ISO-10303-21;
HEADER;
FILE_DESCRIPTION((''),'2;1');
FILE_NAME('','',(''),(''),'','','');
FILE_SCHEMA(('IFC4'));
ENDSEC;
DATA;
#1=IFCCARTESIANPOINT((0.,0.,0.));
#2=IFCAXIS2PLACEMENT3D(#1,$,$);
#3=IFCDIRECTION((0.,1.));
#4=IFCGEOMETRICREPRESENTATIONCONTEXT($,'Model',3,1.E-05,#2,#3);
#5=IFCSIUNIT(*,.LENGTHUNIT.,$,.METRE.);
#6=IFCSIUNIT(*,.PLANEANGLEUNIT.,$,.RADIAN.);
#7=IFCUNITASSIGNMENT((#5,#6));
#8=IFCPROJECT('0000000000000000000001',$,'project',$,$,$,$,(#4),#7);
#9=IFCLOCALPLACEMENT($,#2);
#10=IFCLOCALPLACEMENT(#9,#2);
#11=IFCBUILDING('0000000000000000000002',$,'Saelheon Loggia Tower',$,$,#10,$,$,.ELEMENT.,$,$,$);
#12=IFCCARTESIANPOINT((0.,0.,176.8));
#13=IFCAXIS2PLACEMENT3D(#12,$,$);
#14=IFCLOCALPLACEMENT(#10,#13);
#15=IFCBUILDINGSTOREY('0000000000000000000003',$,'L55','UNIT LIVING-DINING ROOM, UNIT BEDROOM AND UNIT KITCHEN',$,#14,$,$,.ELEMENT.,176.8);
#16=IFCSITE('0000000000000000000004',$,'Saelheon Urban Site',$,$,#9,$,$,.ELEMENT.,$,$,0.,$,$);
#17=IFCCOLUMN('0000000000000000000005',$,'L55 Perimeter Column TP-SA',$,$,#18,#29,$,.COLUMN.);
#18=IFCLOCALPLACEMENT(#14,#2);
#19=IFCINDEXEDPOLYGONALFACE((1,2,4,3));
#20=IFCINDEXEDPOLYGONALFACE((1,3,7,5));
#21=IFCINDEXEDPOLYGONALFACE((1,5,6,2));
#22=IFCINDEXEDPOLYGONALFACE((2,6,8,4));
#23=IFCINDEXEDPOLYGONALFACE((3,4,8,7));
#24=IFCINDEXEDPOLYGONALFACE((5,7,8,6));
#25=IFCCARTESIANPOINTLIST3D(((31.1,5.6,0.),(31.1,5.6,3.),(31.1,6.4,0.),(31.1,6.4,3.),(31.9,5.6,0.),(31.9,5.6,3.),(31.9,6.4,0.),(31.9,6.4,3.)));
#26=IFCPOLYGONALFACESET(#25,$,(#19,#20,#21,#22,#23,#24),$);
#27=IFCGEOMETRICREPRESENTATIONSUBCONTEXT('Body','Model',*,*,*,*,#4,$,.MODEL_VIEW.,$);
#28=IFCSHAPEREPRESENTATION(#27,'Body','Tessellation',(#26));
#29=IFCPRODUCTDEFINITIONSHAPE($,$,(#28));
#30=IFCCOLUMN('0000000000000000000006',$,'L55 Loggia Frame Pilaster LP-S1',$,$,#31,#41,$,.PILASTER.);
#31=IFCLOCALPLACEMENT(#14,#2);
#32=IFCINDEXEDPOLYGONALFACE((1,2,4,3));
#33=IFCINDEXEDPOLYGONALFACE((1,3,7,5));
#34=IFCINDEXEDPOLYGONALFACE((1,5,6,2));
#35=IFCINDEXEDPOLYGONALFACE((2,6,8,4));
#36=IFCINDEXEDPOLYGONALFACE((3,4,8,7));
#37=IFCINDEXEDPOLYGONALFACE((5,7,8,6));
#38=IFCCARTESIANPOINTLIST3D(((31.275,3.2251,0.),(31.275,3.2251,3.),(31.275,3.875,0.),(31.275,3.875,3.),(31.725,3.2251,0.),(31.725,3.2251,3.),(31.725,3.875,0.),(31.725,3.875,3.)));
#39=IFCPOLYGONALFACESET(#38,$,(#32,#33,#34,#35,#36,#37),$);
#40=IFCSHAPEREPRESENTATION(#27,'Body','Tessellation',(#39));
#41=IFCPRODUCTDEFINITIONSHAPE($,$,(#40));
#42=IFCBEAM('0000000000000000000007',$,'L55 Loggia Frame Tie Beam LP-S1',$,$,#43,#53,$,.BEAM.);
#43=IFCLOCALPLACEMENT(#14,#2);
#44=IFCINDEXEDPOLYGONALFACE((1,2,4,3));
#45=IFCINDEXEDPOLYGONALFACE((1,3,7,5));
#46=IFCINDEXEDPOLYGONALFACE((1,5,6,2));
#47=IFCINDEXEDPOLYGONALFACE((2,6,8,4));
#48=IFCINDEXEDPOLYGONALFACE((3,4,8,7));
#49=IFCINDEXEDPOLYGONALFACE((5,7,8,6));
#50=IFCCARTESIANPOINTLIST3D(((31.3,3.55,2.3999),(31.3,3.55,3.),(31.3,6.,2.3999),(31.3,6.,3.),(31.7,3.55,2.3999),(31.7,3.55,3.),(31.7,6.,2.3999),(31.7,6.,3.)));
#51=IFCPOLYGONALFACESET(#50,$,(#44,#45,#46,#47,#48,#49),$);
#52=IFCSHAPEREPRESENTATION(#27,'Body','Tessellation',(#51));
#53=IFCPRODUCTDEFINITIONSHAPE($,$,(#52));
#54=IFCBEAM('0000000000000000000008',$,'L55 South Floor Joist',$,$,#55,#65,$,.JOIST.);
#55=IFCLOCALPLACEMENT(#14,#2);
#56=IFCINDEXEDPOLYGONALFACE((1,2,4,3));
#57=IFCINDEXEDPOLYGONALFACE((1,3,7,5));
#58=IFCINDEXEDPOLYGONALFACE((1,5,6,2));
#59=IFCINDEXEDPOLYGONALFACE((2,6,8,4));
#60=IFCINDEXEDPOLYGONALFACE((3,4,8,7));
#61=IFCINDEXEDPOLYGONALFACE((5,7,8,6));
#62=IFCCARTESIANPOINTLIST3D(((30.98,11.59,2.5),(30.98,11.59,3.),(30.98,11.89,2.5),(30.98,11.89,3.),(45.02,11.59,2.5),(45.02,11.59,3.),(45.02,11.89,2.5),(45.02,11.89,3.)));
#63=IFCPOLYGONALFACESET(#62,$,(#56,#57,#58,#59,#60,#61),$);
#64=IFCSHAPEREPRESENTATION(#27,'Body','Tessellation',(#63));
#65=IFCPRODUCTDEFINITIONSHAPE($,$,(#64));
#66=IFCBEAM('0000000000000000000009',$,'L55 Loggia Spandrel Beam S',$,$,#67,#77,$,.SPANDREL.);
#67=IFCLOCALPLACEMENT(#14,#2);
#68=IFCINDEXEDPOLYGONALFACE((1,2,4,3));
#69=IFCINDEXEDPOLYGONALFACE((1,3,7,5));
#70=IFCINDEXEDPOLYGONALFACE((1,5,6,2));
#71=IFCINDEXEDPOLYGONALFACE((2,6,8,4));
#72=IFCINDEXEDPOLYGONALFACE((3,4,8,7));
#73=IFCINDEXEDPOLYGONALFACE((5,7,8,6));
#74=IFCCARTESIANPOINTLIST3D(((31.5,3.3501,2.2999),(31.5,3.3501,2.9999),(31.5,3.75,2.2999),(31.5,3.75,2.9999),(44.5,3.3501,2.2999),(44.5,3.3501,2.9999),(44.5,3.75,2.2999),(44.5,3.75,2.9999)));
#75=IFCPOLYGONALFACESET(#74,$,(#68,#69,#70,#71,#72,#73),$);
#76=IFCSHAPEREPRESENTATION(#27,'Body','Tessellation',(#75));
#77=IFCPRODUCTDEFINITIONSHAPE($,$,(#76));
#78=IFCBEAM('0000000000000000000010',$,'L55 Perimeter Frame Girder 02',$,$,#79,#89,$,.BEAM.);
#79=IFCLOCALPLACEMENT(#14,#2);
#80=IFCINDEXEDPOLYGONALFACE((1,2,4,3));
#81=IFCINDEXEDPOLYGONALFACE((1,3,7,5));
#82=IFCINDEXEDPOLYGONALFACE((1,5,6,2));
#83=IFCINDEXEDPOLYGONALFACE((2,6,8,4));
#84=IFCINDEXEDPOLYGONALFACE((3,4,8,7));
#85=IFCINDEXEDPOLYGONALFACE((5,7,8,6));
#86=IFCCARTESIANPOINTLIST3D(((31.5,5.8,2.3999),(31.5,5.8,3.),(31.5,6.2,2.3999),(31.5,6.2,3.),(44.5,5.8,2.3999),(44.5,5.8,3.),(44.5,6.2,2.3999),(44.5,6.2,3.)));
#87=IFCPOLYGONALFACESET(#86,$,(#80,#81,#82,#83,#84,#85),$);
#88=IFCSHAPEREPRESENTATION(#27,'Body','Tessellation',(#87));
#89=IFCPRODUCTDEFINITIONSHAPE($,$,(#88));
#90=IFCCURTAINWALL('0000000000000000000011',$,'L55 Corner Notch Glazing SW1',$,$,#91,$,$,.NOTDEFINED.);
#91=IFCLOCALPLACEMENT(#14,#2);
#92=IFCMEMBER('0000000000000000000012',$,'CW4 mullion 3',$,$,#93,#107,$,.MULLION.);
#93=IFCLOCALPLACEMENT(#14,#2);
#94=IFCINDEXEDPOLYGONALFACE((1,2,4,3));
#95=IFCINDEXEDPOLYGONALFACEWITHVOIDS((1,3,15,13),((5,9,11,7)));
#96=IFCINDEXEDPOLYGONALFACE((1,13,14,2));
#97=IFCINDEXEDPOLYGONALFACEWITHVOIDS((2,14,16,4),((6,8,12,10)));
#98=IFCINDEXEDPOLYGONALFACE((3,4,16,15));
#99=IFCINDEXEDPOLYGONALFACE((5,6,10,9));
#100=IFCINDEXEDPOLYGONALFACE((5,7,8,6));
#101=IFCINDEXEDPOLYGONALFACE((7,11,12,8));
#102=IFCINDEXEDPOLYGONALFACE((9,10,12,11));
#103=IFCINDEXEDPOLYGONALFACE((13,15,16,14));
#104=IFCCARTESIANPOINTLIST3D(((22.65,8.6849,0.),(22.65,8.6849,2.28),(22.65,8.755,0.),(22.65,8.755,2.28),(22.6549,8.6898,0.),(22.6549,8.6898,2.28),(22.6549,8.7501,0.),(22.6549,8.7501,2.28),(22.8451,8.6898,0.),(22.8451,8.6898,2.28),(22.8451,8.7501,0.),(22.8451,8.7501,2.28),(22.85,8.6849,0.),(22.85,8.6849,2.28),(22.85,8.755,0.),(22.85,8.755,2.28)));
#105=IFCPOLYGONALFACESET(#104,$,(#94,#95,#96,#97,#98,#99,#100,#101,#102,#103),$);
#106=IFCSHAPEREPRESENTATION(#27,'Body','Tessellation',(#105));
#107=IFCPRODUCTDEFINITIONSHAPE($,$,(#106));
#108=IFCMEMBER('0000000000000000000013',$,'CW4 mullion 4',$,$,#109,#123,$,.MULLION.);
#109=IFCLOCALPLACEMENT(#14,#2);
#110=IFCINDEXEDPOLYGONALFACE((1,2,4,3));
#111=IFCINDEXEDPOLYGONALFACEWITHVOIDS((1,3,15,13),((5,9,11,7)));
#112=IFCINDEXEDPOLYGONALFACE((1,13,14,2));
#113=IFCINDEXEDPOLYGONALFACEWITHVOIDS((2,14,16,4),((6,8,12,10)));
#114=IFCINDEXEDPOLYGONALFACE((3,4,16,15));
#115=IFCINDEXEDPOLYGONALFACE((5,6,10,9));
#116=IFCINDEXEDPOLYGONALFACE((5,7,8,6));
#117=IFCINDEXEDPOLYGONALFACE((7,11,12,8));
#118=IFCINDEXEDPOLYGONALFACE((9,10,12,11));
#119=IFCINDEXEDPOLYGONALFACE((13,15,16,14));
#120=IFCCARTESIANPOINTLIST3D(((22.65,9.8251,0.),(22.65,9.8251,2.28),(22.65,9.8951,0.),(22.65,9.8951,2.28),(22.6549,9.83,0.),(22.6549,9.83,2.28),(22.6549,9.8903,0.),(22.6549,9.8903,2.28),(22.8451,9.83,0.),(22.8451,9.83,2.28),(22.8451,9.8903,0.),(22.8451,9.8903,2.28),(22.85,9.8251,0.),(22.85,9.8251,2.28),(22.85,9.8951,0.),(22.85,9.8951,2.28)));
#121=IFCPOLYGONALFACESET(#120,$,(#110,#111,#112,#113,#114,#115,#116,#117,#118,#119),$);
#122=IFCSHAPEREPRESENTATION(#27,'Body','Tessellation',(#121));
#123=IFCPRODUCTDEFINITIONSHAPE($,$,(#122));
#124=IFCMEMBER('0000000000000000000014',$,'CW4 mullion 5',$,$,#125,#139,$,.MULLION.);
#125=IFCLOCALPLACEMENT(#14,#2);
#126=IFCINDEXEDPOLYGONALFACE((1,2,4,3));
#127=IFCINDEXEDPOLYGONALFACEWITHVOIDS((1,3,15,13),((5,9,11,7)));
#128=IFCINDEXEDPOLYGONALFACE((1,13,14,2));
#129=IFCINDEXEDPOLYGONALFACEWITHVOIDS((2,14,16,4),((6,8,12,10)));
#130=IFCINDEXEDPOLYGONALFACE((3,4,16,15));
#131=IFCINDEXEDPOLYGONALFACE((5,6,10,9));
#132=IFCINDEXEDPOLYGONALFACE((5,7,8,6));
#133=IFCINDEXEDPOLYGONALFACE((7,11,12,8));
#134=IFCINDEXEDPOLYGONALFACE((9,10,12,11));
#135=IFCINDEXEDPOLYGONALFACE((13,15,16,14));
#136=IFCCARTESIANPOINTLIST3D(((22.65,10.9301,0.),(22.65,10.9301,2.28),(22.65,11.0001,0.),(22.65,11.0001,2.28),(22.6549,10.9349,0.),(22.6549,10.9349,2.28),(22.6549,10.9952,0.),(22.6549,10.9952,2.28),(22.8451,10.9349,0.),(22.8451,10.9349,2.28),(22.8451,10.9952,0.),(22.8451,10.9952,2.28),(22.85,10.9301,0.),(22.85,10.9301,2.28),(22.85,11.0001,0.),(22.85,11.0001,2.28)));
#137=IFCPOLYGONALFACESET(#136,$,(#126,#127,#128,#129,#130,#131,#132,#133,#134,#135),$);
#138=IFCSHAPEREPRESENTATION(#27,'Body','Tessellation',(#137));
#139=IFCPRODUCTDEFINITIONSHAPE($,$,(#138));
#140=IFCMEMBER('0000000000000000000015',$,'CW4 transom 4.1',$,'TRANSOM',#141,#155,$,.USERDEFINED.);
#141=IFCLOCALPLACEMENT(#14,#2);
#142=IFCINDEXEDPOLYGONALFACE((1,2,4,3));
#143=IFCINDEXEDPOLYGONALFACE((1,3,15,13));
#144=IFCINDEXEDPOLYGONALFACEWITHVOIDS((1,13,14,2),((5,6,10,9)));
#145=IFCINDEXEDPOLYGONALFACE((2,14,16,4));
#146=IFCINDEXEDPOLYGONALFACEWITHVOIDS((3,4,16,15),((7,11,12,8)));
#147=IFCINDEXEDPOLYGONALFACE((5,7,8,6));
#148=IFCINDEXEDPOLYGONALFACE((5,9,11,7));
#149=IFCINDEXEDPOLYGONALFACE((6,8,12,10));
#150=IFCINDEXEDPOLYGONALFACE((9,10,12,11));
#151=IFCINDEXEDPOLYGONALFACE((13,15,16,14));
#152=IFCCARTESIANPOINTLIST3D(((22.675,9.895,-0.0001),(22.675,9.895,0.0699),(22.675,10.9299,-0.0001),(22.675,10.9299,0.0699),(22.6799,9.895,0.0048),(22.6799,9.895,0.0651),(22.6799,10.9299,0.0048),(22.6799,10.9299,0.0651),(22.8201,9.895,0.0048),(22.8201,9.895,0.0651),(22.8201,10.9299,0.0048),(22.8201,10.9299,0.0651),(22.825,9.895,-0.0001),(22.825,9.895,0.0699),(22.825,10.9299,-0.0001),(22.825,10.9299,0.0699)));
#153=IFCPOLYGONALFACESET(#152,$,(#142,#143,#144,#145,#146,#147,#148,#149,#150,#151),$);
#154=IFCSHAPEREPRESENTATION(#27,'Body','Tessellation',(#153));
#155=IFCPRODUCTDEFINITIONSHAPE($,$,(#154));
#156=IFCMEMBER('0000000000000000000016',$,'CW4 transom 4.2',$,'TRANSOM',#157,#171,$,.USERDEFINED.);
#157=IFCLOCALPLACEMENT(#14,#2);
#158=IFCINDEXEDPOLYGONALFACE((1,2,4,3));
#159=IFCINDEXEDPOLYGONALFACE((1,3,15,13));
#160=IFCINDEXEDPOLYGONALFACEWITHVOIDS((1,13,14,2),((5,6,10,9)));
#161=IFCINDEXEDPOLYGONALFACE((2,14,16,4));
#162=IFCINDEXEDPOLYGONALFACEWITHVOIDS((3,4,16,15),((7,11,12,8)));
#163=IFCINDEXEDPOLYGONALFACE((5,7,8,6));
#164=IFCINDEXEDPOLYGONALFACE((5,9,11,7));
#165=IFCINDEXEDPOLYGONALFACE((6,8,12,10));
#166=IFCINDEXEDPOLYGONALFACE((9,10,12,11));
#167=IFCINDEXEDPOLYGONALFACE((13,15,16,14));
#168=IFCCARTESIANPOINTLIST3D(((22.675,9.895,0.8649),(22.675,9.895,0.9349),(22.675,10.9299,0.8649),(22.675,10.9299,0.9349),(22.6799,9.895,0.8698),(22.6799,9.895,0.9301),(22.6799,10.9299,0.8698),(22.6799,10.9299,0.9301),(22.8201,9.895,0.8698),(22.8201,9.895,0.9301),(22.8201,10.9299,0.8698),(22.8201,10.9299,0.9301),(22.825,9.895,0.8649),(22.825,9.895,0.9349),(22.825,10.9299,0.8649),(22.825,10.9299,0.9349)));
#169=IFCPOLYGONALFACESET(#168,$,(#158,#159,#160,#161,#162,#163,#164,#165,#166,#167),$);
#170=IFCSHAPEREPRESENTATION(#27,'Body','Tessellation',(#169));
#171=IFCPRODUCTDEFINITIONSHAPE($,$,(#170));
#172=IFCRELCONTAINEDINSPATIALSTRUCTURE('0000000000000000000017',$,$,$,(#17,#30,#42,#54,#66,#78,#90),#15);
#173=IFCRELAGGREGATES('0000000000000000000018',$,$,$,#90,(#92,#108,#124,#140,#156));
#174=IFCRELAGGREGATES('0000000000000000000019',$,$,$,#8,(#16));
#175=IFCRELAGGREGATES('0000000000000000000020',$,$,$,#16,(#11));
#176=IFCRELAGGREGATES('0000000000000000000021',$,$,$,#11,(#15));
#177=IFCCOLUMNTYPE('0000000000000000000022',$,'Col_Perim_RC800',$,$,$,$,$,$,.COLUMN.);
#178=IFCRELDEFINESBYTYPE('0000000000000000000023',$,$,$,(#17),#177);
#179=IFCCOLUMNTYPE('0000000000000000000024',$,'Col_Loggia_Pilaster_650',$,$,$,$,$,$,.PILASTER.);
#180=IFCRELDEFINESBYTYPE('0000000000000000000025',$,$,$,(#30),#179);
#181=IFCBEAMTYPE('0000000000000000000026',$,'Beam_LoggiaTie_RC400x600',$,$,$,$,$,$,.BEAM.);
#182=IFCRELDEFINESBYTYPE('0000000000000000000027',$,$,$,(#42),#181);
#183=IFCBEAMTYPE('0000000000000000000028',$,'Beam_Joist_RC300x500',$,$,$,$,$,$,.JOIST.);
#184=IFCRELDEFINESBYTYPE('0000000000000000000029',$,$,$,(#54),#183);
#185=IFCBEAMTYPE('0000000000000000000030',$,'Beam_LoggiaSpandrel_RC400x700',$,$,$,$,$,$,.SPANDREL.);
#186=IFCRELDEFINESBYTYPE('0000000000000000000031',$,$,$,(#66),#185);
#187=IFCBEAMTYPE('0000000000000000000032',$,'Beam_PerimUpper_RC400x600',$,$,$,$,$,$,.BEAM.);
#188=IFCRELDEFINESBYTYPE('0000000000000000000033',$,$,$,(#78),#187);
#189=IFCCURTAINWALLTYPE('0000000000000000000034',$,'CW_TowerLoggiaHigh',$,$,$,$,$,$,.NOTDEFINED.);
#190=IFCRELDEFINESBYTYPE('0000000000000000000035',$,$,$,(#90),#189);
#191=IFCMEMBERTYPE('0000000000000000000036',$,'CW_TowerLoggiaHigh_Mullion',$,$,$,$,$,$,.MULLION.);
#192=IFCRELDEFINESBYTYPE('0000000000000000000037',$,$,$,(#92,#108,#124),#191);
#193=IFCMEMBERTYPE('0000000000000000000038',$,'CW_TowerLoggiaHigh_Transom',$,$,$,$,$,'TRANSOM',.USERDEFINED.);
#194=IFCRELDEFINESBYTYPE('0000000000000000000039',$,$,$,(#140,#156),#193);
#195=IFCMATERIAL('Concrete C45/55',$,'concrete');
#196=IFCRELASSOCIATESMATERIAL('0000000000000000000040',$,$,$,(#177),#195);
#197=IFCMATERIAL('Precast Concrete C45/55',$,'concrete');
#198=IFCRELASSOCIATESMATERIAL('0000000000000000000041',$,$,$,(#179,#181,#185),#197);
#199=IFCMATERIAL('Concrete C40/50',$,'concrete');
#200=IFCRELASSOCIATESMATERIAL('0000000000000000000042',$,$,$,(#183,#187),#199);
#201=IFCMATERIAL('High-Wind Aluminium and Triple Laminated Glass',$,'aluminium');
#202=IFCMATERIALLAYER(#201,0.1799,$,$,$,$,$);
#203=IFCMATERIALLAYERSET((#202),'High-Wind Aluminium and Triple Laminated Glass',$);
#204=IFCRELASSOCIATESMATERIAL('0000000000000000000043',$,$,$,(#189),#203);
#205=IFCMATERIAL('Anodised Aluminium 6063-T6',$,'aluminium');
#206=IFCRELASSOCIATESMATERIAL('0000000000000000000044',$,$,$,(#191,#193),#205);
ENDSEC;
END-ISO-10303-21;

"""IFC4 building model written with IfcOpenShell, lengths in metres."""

from ifc_helpers import new_model, si_unit, direction, frame, origin, origin_2d, place, context, subcontext, project, spatial, rectangle, hollow_rectangle, extrude, source, transform, mapped, material, layer, layer_set, material_profile, profile_set, type_object, element, aggregate, save


model = new_model("IFC4")

# Units and contexts
model_context = context("Model", 3, precision=1e-05, world=origin(), true_north=direction((0.0, 1.0)))
body_context = subcontext(model_context, "Body", "Model", "MODEL_VIEW")
ifc_project = project(units=[si_unit("LENGTHUNIT", "METRE"), si_unit("PLANEANGLEUNIT", "RADIAN")], contexts=[model_context])

# Site, building, storey
site_placement = place(None, origin())
site = spatial("IfcSite", under=ifc_project, at=site_placement, Name="Saelheon Urban Site", CompositionType="ELEMENT", RefElevation=0.0)
building_placement = place(site_placement, origin())
building = spatial("IfcBuilding", under=site, at=building_placement, Name="Saelheon Loggia Tower", CompositionType="ELEMENT")
storey_placement = place(building_placement, frame((0.0, 0.0, 176.8)))
storey = spatial("IfcBuildingStorey", under=building, at=storey_placement, Name="L55", Description="UNIT LIVING-DINING ROOM, UNIT BEDROOM AND UNIT KITCHEN", CompositionType="ELEMENT", Elevation=176.8)

# Columns
ifc_material_1 = material(Name="Concrete C45/55", Category="concrete")
ifc_material_profile_1 = material_profile(ifc_material_1, rectangle(XDim=0.8, YDim=0.8, at=origin_2d()), Name="RC-800x800")
ifc_profile_set_1 = profile_set([ifc_material_profile_1], Name="Concrete C45/55")
column_type_1 = type_object("IfcColumnType", Name="Col_Perim_RC800", PredefinedType="COLUMN", material=ifc_profile_set_1)
shared_shape_1 = source(origin(), body_context, "Body", "SweptSolid", [
    extrude(rectangle(XDim=0.8, YDim=0.8, at=origin_2d()), origin(), (0.0, 0.0, 1.0), 3.0),
])
column_1_placement = place(storey_placement, frame((31.5, 6.0, 0.0), z_axis=(0.0, 0.0, 1.0), x_axis=(1.0, 0.0, 0.0)))
element("IfcColumn", 1, at=column_1_placement, inside=storey, type_object=column_type_1, Name="L55 Perimeter Column TP-SA", PredefinedType="COLUMN", context=body_context, shape_type="MappedRepresentation", body=[
    mapped(shared_shape_1, transform((0.0, 0.0, 0.0), scale=1.0)),
])
ifc_material_2 = material(Name="Precast Concrete C45/55", Category="concrete")
ifc_material_profile_2 = material_profile(ifc_material_2, rectangle(XDim=0.45, YDim=0.6499, at=origin_2d()), Name="RC-450x650")
ifc_profile_set_2 = profile_set([ifc_material_profile_2], Name="Precast Concrete C45/55")
column_type_2 = type_object("IfcColumnType", Name="Col_Loggia_Pilaster_650", PredefinedType="PILASTER", material=ifc_profile_set_2)
shared_shape_2 = source(origin(), body_context, "Body", "SweptSolid", [
    extrude(rectangle(XDim=0.45, YDim=0.6499, at=origin_2d()), origin(), (0.0, 0.0, 1.0), 3.0),
])
column_2_placement = place(storey_placement, frame((31.5, 3.55, 0.0), z_axis=(0.0, 0.0, 1.0), x_axis=(1.0, 0.0, 0.0)))
element("IfcColumn", 2, at=column_2_placement, inside=storey, type_object=column_type_2, Name="L55 Loggia Frame Pilaster LP-S1", PredefinedType="PILASTER", context=body_context, shape_type="MappedRepresentation", body=[
    mapped(shared_shape_2, transform((0.0, 0.0, 0.0), scale=1.0)),
])

# Beams
ifc_material_profile_3 = material_profile(ifc_material_2, rectangle(XDim=0.3999, YDim=0.6001, at=origin_2d()), Name="RC-400x600")
ifc_profile_set_3 = profile_set([ifc_material_profile_3], Name="Precast Concrete C45/55")
beam_type_1 = type_object("IfcBeamType", Name="Beam_LoggiaTie_RC400x600", PredefinedType="BEAM", material=ifc_profile_set_3)
shared_shape_3 = source(origin(), body_context, "Body", "SweptSolid", [
    extrude(rectangle(XDim=0.3999, YDim=0.6001, at=origin_2d()), origin(), (0.0, 0.0, 1.0), 2.45),
])
beam_1_placement = place(storey_placement, frame((31.5, 6.0, 2.7), z_axis=(0.0, -1.0, 0.0), x_axis=(1.0, 0.0, 0.0)))
element("IfcBeam", 3, at=beam_1_placement, inside=storey, type_object=beam_type_1, Name="L55 Loggia Frame Tie Beam LP-S1", PredefinedType="BEAM", context=body_context, shape_type="MappedRepresentation", body=[
    mapped(shared_shape_3, transform((0.0, 0.0, 0.0), scale=1.0)),
])
ifc_material_3 = material(Name="Concrete C40/50", Category="concrete")
ifc_material_profile_4 = material_profile(ifc_material_3, rectangle(XDim=0.3, YDim=0.5, at=origin_2d()), Name="RC-300x500")
ifc_profile_set_4 = profile_set([ifc_material_profile_4], Name="Concrete C40/50")
beam_type_2 = type_object("IfcBeamType", Name="Beam_Joist_RC300x500", PredefinedType="JOIST", material=ifc_profile_set_4)
shared_shape_4 = source(origin(), body_context, "Body", "SweptSolid", [
    extrude(rectangle(XDim=0.3, YDim=0.5, at=origin_2d()), origin(), (0.0, 0.0, 1.0), 14.04),
])
beam_2_placement = place(storey_placement, frame((30.98, 11.74, 2.75), z_axis=(1.0, 0.0, 0.0), x_axis=(0.0, 1.0, 0.0)))
element("IfcBeam", 4, at=beam_2_placement, inside=storey, type_object=beam_type_2, Name="L55 South Floor Joist", PredefinedType="JOIST", context=body_context, shape_type="MappedRepresentation", body=[
    mapped(shared_shape_4, transform((0.0, 0.0, 0.0), scale=1.0)),
])
ifc_material_profile_5 = material_profile(ifc_material_2, rectangle(XDim=0.3999, YDim=0.7, at=origin_2d()), Name="RC-400x700")
ifc_profile_set_5 = profile_set([ifc_material_profile_5], Name="Precast Concrete C45/55")
beam_type_3 = type_object("IfcBeamType", Name="Beam_LoggiaSpandrel_RC400x700", PredefinedType="SPANDREL", material=ifc_profile_set_5)
shared_shape_5 = source(origin(), body_context, "Body", "SweptSolid", [
    extrude(rectangle(XDim=0.3999, YDim=0.7, at=origin_2d()), origin(), (0.0, 0.0, 1.0), 13.0),
])
beam_3_placement = place(storey_placement, frame((31.5, 3.55, 2.6499), z_axis=(1.0, 0.0, 0.0), x_axis=(0.0, 1.0, 0.0)))
element("IfcBeam", 5, at=beam_3_placement, inside=storey, type_object=beam_type_3, Name="L55 Loggia Spandrel Beam S", PredefinedType="SPANDREL", context=body_context, shape_type="MappedRepresentation", body=[
    mapped(shared_shape_5, transform((0.0, 0.0, 0.0), scale=1.0)),
])
ifc_material_profile_6 = material_profile(ifc_material_3, rectangle(XDim=0.3999, YDim=0.6001, at=origin_2d()), Name="RC-400x600")
ifc_profile_set_6 = profile_set([ifc_material_profile_6], Name="Concrete C40/50")
beam_type_4 = type_object("IfcBeamType", Name="Beam_PerimUpper_RC400x600", PredefinedType="BEAM", material=ifc_profile_set_6)
shared_shape_6 = source(origin(), body_context, "Body", "SweptSolid", [
    extrude(rectangle(XDim=0.3999, YDim=0.6001, at=origin_2d()), origin(), (0.0, 0.0, 1.0), 13.0),
])
beam_4_placement = place(storey_placement, frame((31.5, 6.0, 2.7), z_axis=(1.0, 0.0, 0.0), x_axis=(0.0, 1.0, 0.0)))
element("IfcBeam", 6, at=beam_4_placement, inside=storey, type_object=beam_type_4, Name="L55 Perimeter Frame Girder 02", PredefinedType="BEAM", context=body_context, shape_type="MappedRepresentation", body=[
    mapped(shared_shape_6, transform((0.0, 0.0, 0.0), scale=1.0)),
])

# Curtain wall, members
ifc_material_4 = material(Name="High-Wind Aluminium and Triple Laminated Glass", Category="aluminium")
ifc_layer_1 = layer(ifc_material_4, 0.1799)
ifc_layer_set_1 = layer_set([ifc_layer_1], Name="High-Wind Aluminium and Triple Laminated Glass")
curtain_wall_type = type_object("IfcCurtainWallType", Name="CW_TowerLoggiaHigh", PredefinedType="NOTDEFINED", material=ifc_layer_set_1)
curtain_wall_placement = place(storey_placement, origin())
curtain_wall = element("IfcCurtainWall", 7, at=curtain_wall_placement, inside=storey, type_object=curtain_wall_type, Name="L55 Corner Notch Glazing SW1", PredefinedType="NOTDEFINED")
ifc_material_5 = material(Name="Anodised Aluminium 6063-T6", Category="aluminium")
ifc_material_profile_7 = material_profile(ifc_material_5, hollow_rectangle(XDim=0.0701, YDim=0.2, WallThickness=0.0049, at=origin_2d()), Name="RHS-200x70x5")
ifc_profile_set_7 = profile_set([ifc_material_profile_7], Name="Anodised Aluminium 6063-T6")
member_type_1 = type_object("IfcMemberType", Name="CW_TowerLoggiaHigh_Mullion", PredefinedType="MULLION", material=ifc_profile_set_7)
shared_shape_7 = source(origin(), body_context, "Body", "SweptSolid", [
    extrude(hollow_rectangle(XDim=0.0701, YDim=0.2, WallThickness=0.0049, at=origin_2d()), origin(), (0.0, 0.0, 1.0), 2.28),
])
member_1_placement = place(storey_placement, frame((22.75, 8.72, 0.0), z_axis=(0.0, 0.0, 1.0), x_axis=(0.0, 1.0, 0.0)))
member_1 = element("IfcMember", 8, at=member_1_placement, type_object=member_type_1, Name="CW4 mullion 3", PredefinedType="MULLION", context=body_context, shape_type="MappedRepresentation", body=[
    mapped(shared_shape_7, transform((0.0, 0.0, 0.0), scale=1.0)),
])
member_2_placement = place(storey_placement, frame((22.75, 9.8601, 0.0), z_axis=(0.0, 0.0, 1.0), x_axis=(0.0, 1.0, 0.0)))
member_2 = element("IfcMember", 9, at=member_2_placement, type_object=member_type_1, Name="CW4 mullion 4", PredefinedType="MULLION", context=body_context, shape_type="MappedRepresentation", body=[
    mapped(shared_shape_7, transform((0.0, 0.0, 0.0), scale=1.0)),
])
member_3_placement = place(storey_placement, frame((22.75, 10.9651, 0.0), z_axis=(0.0, 0.0, 1.0), x_axis=(0.0, 1.0, 0.0)))
member_3 = element("IfcMember", 10, at=member_3_placement, type_object=member_type_1, Name="CW4 mullion 5", PredefinedType="MULLION", context=body_context, shape_type="MappedRepresentation", body=[
    mapped(shared_shape_7, transform((0.0, 0.0, 0.0), scale=1.0)),
])
ifc_material_profile_8 = material_profile(ifc_material_5, hollow_rectangle(XDim=0.0701, YDim=0.1499, WallThickness=0.0049, at=origin_2d()), Name="RHS-150x70x5")
ifc_profile_set_8 = profile_set([ifc_material_profile_8], Name="Anodised Aluminium 6063-T6")
member_type_2 = type_object("IfcMemberType", Name="CW_TowerLoggiaHigh_Transom", ElementType="TRANSOM", PredefinedType="USERDEFINED", material=ifc_profile_set_8)
shared_shape_8 = source(origin(), body_context, "Body", "SweptSolid", [
    extrude(hollow_rectangle(XDim=0.0701, YDim=0.1499, WallThickness=0.0049, at=origin_2d()), origin(), (0.0, 0.0, 1.0), 1.0349),
])
member_4_placement = place(storey_placement, frame((22.75, 9.895, 0.0349), z_axis=(0.0, 1.0, 0.0), x_axis=(0.0, 0.0, 1.0)))
member_4 = element("IfcMember", 11, at=member_4_placement, type_object=member_type_2, Name="CW4 transom 4.1", ObjectType="TRANSOM", PredefinedType="USERDEFINED", context=body_context, shape_type="MappedRepresentation", body=[
    mapped(shared_shape_8, transform((0.0, 0.0, 0.0), scale=1.0)),
])
member_5_placement = place(storey_placement, frame((22.75, 9.895, 0.8999), z_axis=(0.0, 1.0, 0.0), x_axis=(0.0, 0.0, 1.0)))
member_5 = element("IfcMember", 12, at=member_5_placement, type_object=member_type_2, Name="CW4 transom 4.2", ObjectType="TRANSOM", PredefinedType="USERDEFINED", context=body_context, shape_type="MappedRepresentation", body=[
    mapped(shared_shape_8, transform((0.0, 0.0, 0.0), scale=1.0)),
])
aggregate(curtain_wall, [member_1, member_2, member_3, member_4, member_5])

save(model, "model.ifc")
